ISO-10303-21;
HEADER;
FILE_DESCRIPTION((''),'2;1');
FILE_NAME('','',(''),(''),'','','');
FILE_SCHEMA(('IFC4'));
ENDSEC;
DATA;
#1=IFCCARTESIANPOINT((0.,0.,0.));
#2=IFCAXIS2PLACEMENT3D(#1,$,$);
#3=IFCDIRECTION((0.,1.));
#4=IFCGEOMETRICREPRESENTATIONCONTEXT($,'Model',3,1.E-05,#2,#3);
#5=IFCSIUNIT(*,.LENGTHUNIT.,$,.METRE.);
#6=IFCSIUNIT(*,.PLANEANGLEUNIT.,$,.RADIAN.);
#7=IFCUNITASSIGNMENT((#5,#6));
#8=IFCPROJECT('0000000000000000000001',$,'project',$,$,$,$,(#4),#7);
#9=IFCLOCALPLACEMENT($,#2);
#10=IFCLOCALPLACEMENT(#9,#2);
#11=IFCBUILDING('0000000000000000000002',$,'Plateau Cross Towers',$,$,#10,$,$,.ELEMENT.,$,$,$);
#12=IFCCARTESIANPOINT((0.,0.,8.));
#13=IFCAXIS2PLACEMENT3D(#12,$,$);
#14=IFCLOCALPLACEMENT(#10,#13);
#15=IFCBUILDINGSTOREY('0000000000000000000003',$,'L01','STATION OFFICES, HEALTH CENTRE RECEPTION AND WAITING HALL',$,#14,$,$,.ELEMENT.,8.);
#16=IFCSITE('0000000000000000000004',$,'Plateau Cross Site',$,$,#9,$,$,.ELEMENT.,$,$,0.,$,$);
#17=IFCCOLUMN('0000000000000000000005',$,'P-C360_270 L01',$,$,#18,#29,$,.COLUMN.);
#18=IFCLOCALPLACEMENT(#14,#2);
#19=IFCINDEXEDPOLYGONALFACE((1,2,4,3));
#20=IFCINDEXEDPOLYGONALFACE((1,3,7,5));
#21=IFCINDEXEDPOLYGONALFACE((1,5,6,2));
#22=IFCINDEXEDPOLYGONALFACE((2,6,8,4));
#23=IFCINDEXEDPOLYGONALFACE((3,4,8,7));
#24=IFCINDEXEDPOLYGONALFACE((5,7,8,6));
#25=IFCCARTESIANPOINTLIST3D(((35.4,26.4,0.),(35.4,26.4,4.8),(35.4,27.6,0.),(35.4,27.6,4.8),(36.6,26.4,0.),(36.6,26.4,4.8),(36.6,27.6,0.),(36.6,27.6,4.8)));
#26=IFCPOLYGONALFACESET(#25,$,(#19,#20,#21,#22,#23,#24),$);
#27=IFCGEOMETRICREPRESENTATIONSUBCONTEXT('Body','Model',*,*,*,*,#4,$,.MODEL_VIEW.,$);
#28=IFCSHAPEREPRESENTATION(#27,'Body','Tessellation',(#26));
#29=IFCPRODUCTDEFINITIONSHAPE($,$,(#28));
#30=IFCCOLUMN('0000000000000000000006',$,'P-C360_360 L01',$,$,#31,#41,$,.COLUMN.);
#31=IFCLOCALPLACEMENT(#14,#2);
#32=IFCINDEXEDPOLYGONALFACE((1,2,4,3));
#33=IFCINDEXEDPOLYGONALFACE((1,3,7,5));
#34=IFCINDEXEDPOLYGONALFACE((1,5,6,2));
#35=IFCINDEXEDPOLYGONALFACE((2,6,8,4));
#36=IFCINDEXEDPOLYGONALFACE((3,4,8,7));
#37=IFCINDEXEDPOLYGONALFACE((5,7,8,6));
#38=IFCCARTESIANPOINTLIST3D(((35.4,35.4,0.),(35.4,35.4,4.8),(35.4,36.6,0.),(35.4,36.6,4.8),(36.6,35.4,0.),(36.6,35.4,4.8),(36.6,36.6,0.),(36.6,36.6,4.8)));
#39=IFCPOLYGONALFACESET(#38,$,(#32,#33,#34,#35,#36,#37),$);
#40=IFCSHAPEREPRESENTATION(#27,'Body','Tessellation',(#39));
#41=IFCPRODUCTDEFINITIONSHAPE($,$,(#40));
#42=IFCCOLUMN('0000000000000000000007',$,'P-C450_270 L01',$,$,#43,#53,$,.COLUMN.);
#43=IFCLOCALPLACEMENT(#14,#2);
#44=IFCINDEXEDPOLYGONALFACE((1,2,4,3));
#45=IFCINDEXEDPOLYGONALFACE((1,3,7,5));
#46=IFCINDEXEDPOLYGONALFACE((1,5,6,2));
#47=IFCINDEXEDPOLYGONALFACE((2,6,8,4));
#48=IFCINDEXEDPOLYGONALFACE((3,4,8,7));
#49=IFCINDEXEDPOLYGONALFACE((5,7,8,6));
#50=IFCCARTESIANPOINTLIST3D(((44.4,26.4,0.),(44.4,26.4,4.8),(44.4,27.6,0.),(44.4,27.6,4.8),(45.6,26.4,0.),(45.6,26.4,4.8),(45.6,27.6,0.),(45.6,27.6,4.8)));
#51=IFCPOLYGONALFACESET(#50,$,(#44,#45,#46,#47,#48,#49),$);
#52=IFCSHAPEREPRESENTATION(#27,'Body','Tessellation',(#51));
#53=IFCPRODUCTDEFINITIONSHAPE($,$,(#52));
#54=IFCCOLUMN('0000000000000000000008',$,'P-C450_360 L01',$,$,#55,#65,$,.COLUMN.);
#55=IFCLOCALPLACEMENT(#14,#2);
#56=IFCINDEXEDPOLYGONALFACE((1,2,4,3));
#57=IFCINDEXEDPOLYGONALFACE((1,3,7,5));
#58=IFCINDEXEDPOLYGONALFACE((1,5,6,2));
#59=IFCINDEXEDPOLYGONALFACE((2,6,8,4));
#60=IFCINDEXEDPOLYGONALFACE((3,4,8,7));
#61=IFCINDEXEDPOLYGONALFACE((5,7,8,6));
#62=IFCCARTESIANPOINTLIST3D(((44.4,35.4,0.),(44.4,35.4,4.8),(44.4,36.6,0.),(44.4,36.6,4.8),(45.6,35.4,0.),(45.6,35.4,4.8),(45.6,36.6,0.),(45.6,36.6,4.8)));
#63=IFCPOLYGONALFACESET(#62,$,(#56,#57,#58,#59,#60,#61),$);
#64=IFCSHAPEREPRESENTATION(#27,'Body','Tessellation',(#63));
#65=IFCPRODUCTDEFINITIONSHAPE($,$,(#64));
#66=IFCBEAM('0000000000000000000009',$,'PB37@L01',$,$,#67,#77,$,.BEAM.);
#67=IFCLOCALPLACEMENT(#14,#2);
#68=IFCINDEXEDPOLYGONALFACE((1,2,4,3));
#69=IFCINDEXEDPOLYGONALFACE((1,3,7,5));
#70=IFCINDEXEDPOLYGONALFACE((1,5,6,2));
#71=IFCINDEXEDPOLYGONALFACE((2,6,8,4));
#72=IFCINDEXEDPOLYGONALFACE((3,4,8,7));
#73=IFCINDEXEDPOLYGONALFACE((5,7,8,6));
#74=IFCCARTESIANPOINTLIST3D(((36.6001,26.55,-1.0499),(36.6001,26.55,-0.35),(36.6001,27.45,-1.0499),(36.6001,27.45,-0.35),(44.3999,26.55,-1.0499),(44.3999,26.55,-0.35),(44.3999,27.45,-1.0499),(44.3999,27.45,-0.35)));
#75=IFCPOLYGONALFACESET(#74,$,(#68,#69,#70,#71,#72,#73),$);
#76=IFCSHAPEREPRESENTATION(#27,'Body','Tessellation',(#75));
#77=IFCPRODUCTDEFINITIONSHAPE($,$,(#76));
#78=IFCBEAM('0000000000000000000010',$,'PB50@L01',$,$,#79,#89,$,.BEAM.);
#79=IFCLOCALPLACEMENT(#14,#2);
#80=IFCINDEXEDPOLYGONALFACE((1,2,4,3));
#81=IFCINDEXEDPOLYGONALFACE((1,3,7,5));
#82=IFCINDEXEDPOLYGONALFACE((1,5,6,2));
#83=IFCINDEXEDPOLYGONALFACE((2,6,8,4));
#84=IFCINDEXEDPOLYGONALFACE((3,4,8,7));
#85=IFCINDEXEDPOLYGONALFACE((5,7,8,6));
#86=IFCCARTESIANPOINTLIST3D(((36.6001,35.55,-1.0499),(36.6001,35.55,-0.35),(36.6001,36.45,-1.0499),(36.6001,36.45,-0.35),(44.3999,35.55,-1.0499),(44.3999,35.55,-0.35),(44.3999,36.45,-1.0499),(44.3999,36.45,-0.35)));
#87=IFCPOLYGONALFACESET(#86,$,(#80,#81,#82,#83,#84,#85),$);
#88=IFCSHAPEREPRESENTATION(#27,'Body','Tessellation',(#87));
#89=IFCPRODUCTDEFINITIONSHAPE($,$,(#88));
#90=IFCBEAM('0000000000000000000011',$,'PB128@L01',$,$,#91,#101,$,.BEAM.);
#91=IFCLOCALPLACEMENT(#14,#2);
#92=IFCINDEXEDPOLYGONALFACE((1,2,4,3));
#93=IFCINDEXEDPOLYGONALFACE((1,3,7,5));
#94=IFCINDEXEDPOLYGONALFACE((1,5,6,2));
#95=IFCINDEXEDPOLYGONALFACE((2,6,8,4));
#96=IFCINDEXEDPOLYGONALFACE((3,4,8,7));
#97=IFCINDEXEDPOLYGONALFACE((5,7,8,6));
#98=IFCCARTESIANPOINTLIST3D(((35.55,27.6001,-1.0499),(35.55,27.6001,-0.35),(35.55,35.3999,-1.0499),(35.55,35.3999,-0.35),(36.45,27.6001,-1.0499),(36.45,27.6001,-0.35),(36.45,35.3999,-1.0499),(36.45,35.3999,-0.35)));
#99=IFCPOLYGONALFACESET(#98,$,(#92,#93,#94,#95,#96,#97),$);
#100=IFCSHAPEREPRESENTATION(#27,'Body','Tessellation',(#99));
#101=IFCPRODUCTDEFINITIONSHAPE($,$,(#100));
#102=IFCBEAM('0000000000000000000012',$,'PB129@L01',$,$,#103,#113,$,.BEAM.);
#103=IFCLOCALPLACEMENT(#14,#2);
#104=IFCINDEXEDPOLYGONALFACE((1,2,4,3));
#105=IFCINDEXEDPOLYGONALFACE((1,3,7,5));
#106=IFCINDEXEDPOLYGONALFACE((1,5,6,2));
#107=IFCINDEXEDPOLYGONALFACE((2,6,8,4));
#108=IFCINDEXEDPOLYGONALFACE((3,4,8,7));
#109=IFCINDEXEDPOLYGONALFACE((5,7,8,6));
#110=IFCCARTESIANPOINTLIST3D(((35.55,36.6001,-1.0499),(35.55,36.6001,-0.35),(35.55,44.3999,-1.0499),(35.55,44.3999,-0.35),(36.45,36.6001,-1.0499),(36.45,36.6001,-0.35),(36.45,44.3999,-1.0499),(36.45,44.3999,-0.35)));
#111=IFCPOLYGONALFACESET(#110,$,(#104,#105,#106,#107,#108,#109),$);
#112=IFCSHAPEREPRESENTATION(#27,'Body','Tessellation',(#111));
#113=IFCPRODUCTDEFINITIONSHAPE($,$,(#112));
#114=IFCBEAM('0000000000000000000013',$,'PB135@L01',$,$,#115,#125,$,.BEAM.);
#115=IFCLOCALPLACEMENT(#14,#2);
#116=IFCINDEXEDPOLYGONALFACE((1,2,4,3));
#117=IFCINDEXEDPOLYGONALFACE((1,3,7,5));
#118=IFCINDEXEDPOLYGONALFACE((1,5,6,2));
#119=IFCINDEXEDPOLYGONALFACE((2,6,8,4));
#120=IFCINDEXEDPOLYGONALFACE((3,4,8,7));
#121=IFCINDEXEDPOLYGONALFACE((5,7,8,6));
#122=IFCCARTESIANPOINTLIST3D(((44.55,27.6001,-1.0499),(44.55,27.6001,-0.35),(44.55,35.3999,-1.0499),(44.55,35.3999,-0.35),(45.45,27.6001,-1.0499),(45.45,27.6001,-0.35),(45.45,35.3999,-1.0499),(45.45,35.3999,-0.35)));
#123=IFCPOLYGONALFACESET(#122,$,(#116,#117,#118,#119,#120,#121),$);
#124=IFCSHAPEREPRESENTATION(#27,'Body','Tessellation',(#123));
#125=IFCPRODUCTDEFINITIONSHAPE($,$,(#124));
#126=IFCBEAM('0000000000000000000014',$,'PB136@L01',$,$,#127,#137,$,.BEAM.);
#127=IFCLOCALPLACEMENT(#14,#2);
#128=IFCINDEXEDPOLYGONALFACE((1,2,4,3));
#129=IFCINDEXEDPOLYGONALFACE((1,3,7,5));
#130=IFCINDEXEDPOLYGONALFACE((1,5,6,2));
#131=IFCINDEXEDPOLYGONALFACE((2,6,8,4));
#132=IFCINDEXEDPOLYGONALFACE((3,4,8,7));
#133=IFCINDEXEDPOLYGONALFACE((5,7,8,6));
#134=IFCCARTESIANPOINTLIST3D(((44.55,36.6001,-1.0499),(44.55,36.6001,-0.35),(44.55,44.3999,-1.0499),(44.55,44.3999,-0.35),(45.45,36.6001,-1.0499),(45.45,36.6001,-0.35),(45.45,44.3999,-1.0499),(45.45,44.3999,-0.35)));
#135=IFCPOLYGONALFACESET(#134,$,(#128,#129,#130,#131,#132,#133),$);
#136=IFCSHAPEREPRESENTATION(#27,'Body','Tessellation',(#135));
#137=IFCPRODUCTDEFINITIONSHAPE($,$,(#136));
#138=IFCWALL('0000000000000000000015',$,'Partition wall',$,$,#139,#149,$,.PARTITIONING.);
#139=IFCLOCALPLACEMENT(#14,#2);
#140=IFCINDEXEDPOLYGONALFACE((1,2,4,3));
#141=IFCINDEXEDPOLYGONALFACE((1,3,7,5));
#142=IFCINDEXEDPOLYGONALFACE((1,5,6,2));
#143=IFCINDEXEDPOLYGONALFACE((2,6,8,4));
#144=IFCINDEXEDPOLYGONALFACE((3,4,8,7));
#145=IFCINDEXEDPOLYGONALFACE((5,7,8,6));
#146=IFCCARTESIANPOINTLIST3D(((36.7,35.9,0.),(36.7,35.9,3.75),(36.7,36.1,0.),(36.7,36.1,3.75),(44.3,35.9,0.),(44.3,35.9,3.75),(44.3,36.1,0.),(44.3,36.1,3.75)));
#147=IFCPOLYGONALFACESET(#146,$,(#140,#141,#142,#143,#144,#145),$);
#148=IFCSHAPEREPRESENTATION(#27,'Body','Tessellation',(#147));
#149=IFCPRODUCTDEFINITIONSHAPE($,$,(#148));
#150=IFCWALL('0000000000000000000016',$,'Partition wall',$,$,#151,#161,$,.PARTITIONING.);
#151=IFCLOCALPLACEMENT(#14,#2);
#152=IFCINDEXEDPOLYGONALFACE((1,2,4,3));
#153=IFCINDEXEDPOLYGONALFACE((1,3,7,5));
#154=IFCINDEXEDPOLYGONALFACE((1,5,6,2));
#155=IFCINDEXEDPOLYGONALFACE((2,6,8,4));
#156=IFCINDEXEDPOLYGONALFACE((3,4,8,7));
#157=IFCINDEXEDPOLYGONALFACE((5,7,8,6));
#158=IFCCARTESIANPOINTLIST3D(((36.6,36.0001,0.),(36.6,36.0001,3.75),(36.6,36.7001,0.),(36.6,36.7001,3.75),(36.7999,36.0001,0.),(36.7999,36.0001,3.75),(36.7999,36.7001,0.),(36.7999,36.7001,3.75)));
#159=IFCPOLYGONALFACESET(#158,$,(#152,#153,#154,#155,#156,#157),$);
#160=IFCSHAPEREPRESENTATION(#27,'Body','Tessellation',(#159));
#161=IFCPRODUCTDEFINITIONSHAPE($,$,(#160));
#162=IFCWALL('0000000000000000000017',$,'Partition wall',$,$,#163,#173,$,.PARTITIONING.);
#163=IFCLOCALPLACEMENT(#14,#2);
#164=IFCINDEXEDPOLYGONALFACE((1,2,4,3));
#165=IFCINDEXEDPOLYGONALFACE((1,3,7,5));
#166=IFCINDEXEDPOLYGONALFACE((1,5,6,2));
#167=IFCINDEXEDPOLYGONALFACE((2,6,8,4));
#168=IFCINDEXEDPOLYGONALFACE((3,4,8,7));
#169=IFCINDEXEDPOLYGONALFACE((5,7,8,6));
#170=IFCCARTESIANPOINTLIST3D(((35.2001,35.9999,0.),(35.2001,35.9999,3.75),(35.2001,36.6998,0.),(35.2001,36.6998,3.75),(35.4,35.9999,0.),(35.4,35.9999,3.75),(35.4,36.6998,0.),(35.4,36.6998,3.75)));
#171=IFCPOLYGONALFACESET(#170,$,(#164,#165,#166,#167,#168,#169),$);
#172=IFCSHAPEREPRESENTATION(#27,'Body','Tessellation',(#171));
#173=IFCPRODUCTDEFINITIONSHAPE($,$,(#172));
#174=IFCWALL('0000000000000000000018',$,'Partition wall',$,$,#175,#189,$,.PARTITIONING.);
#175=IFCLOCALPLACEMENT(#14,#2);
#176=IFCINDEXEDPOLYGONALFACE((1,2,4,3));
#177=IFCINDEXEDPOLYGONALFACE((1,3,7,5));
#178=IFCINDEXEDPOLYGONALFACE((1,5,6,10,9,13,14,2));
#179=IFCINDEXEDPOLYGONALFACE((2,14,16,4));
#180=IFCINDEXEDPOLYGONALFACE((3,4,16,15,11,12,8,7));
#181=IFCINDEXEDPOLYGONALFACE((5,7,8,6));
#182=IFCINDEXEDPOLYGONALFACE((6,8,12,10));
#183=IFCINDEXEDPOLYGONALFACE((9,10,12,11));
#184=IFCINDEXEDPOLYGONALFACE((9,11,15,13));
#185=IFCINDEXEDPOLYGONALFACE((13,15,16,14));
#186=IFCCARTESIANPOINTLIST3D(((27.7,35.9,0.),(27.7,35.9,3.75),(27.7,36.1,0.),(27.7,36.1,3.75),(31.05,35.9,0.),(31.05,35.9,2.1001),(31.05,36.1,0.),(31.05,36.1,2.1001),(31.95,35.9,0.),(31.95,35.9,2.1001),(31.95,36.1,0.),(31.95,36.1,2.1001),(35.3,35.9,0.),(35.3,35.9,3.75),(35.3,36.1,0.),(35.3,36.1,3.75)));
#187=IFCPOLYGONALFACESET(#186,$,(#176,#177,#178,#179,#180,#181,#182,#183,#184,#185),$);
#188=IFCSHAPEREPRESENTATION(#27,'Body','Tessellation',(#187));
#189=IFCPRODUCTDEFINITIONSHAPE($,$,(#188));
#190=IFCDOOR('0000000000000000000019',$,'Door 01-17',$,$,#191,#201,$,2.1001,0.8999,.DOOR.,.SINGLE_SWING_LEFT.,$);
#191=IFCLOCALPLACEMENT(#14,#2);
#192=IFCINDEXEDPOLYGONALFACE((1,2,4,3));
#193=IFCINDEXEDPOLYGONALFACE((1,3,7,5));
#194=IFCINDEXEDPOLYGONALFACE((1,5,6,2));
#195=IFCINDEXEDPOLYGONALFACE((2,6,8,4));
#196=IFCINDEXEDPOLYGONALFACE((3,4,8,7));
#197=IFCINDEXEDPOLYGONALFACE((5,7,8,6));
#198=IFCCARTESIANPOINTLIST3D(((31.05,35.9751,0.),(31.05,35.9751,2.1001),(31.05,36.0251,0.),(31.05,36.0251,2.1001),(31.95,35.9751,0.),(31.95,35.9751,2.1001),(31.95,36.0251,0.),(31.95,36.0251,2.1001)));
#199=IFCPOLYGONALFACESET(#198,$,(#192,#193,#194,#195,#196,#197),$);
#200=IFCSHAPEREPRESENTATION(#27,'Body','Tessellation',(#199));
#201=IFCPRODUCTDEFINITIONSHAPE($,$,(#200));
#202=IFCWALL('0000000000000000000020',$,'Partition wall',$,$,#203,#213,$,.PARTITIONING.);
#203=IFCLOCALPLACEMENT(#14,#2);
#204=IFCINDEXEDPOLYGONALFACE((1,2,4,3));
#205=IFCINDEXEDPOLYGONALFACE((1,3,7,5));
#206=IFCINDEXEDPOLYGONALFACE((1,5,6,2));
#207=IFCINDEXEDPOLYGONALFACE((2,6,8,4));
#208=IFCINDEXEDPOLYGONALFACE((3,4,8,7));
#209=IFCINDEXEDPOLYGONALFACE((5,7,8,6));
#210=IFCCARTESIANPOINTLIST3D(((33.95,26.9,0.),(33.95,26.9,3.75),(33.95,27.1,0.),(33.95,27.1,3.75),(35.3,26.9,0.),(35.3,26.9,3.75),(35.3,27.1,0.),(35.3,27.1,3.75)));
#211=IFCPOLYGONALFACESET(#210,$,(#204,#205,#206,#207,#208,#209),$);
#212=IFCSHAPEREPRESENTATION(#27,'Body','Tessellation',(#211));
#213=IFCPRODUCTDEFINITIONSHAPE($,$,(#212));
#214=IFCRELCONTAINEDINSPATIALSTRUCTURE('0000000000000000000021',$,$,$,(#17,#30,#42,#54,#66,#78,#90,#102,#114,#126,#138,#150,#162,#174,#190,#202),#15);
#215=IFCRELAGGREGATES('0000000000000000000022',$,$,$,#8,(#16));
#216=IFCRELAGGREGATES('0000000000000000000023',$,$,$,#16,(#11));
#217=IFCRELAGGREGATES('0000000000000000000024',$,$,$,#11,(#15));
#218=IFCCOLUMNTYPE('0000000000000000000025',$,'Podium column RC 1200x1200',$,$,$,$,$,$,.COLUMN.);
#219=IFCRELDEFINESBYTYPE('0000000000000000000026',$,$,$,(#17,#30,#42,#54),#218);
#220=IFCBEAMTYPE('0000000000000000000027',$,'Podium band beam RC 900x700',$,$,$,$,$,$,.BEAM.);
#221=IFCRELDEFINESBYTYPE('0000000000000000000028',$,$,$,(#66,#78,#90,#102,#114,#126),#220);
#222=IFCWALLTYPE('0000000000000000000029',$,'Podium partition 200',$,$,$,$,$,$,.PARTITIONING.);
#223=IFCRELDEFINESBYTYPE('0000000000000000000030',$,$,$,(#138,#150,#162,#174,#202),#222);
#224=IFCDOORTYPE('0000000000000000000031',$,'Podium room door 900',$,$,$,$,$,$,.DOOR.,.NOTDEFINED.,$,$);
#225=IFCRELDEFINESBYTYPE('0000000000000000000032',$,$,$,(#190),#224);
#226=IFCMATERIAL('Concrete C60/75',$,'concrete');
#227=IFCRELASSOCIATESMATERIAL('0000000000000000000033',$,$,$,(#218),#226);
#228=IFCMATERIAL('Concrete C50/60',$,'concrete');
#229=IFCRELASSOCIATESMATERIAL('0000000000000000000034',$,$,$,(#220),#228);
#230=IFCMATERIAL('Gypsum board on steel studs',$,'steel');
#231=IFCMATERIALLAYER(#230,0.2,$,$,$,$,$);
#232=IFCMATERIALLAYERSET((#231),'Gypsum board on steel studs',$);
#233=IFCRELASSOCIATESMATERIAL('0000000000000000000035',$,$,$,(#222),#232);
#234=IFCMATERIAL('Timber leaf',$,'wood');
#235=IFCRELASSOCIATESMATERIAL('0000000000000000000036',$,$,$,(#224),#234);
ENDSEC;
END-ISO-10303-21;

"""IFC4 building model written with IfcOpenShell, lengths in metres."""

from ifc_helpers import new_model, si_unit, direction, frame, frame_2d, origin, origin_2d, place, context, subcontext, project, spatial, rectangle, extrude, material, layer, layer_set, material_profile, profile_set, type_object, element, fill, save


model = new_model("IFC4")

# Units and contexts
model_context = context("Model", 3, precision=1e-05, world=origin(), true_north=direction((0.0, 1.0)))
body_context = subcontext(model_context, "Body", "Model", "MODEL_VIEW")
ifc_project = project(units=[si_unit("LENGTHUNIT", "METRE"), si_unit("PLANEANGLEUNIT", "RADIAN")], contexts=[model_context])

# Site, building, storey
site_placement = place(None, origin())
site = spatial("IfcSite", under=ifc_project, at=site_placement, Name="Plateau Cross Site", CompositionType="ELEMENT", RefElevation=0.0)
building_placement = place(site_placement, origin())
building = spatial("IfcBuilding", under=site, at=building_placement, Name="Plateau Cross Towers", CompositionType="ELEMENT")
storey_placement = place(building_placement, frame((0.0, 0.0, 8.0)))
storey = spatial("IfcBuildingStorey", under=building, at=storey_placement, Name="L01", Description="STATION OFFICES, HEALTH CENTRE RECEPTION AND WAITING HALL", CompositionType="ELEMENT", Elevation=8.0)

# Columns
ifc_material_1 = material(Name="Concrete C60/75", Category="concrete")
ifc_material_profile_1 = material_profile(ifc_material_1, rectangle(XDim=1.2, YDim=1.2, at=origin_2d()), Name="RC 1200x1200")
ifc_profile_set_1 = profile_set([ifc_material_profile_1], Name="Concrete C60/75")
column_type = type_object("IfcColumnType", Name="Podium column RC 1200x1200", PredefinedType="COLUMN", material=ifc_profile_set_1)
for number, where, z_axis, x_axis, name in (
    (1, (36.0, 27.0, 0.0), (0.0, 0.0, 1.0), (1.0, 0.0, 0.0), "P-C360_270 L01"),
    (2, (36.0, 36.0, 0.0), (0.0, 0.0, 1.0), (1.0, 0.0, 0.0), "P-C360_360 L01"),
    (3, (45.0, 27.0, 0.0), (0.0, 0.0, 1.0), (1.0, 0.0, 0.0), "P-C450_270 L01"),
    (4, (45.0, 36.0, 0.0), (0.0, 0.0, 1.0), (1.0, 0.0, 0.0), "P-C450_360 L01"),
):
    element("IfcColumn", number, at=place(storey_placement, frame(where, z_axis=z_axis, x_axis=x_axis)), inside=storey, type_object=column_type, Name=name, PredefinedType="COLUMN", context=body_context, shape_type="SweptSolid", body=[
        extrude(rectangle(XDim=1.2, YDim=1.2, at=origin_2d()), origin(), (0.0, 0.0, 1.0), 4.8),
    ])

# Beams
ifc_material_2 = material(Name="Concrete C50/60", Category="concrete")
ifc_material_profile_2 = material_profile(ifc_material_2, rectangle(XDim=0.8999, YDim=0.7, at=origin_2d()), Name="RC 900x700")
ifc_profile_set_2 = profile_set([ifc_material_profile_2], Name="Concrete C50/60")
beam_type = type_object("IfcBeamType", Name="Podium band beam RC 900x700", PredefinedType="BEAM", material=ifc_profile_set_2)
for number, where, z_axis, x_axis, name in (
    (5, (36.6001, 27.0, -0.7), (1.0, 0.0, 0.0), (0.0, 1.0, 0.0), "PB37@L01"),
    (6, (36.6001, 36.0, -0.7), (1.0, 0.0, 0.0), (0.0, 1.0, 0.0), "PB50@L01"),
    (7, (36.0, 27.6001, -0.7), (0.0, 1.0, 0.0), (-1.0, 0.0, 0.0), "PB128@L01"),
    (8, (36.0, 36.6001, -0.7), (0.0, 1.0, 0.0), (-1.0, 0.0, 0.0), "PB129@L01"),
    (9, (45.0, 27.6001, -0.7), (0.0, 1.0, 0.0), (-1.0, 0.0, 0.0), "PB135@L01"),
    (10, (45.0, 36.6001, -0.7), (0.0, 1.0, 0.0), (-1.0, 0.0, 0.0), "PB136@L01"),
):
    element("IfcBeam", number, at=place(storey_placement, frame(where, z_axis=z_axis, x_axis=x_axis)), inside=storey, type_object=beam_type, Name=name, PredefinedType="BEAM", context=body_context, shape_type="SweptSolid", body=[
        extrude(rectangle(XDim=0.8999, YDim=0.7, at=origin_2d()), origin(), (0.0, 0.0, 1.0), 7.7998),
    ])

# Walls
ifc_material_3 = material(Name="Gypsum board on steel studs", Category="steel")
ifc_layer_1 = layer(ifc_material_3, 0.2)
ifc_layer_set_1 = layer_set([ifc_layer_1], Name="Gypsum board on steel studs")
wall_type_1 = type_object("IfcWallType", Name="Podium partition 200", PredefinedType="PARTITIONING", material=ifc_layer_set_1)
wall_1_placement = place(storey_placement, frame((44.3, 36.0, 0.0), z_axis=(0.0, 0.0, 1.0), x_axis=(-1.0, 0.0, 0.0)))
element("IfcWall", 11, at=wall_1_placement, inside=storey, type_object=wall_type_1, Name="Partition wall", PredefinedType="PARTITIONING", context=body_context, shape_type="SweptSolid", body=[
    extrude(rectangle(XDim=7.6001, YDim=0.2, at=frame_2d((3.8, 0.0))), origin(), (0.0, 0.0, 1.0), 3.75),
])
for number, where, z_axis, x_axis, name in (
    (12, (36.7, 36.0, 0.0), (0.0, 0.0, 1.0), (0.0, 1.0, 0.0), "Partition wall"),
    (13, (35.3, 36.7, 0.0), (0.0, 0.0, 1.0), (0.0, -1.0, 0.0), "Partition wall"),
):
    element("IfcWall", number, at=place(storey_placement, frame(where, z_axis=z_axis, x_axis=x_axis)), inside=storey, type_object=wall_type_1, Name=name, PredefinedType="PARTITIONING", context=body_context, shape_type="SweptSolid", body=[
        extrude(rectangle(XDim=0.7, YDim=0.2, at=frame_2d((0.3501, 0.0))), origin(), (0.0, 0.0, 1.0), 3.75),
    ])

# Wall, opening, door
wall_2_placement = place(storey_placement, frame((35.3, 36.0, 0.0), z_axis=(0.0, 0.0, 1.0), x_axis=(-1.0, 0.0, 0.0)))
wall_2 = element("IfcWall", 14, at=wall_2_placement, inside=storey, type_object=wall_type_1, Name="Partition wall", PredefinedType="PARTITIONING", context=body_context, shape_type="SweptSolid", body=[
    extrude(rectangle(XDim=7.6001, YDim=0.2, at=frame_2d((3.8, 0.0))), origin(), (0.0, 0.0, 1.0), 3.75),
])
opening_1_placement = place(wall_2_placement, frame((3.3501, 0.0, 0.0)))
opening_1 = element("IfcOpeningElement", 15, at=opening_1_placement, cuts=wall_2, PredefinedType="OPENING", context=body_context, shape_type="SweptSolid", body=[
    extrude(rectangle(XDim=0.8999, YDim=2.1001, at=frame_2d((0.45, 1.05))), frame((0.0, 0.1099, 0.0), z_axis=(0.0, -1.0, 0.0), x_axis=(1.0, 0.0, 0.0)), (0.0, 0.0, 1.0), 0.22),
])
ifc_material_4 = material(Name="Timber leaf", Category="wood")
door_type_1 = type_object("IfcDoorType", Name="Podium room door 900", OperationType="NOTDEFINED", PredefinedType="DOOR", material=ifc_material_4)
door_1_placement = place(opening_1_placement, origin())
door_1 = element("IfcDoor", 16, at=door_1_placement, inside=storey, type_object=door_type_1, Name="Door 01-17", OperationType="SINGLE_SWING_LEFT", OverallHeight=2.1001, OverallWidth=0.8999, PredefinedType="DOOR", context=body_context, shape_type="SweptSolid", body=[
    extrude(rectangle(XDim=0.8999, YDim=2.1001, at=frame_2d((0.45, 1.05))), frame((0.0, 0.0249, 0.0), z_axis=(0.0, -1.0, 0.0), x_axis=(1.0, 0.0, 0.0)), (0.0, 0.0, 1.0), 0.05),
])
fill(opening_1, door_1)

# Wall
wall_3_placement = place(storey_placement, frame((33.95, 27.0, 0.0), z_axis=(0.0, 0.0, 1.0), x_axis=(1.0, 0.0, 0.0)))
element("IfcWall", 17, at=wall_3_placement, inside=storey, type_object=wall_type_1, Name="Partition wall", PredefinedType="PARTITIONING", context=body_context, shape_type="SweptSolid", body=[
    extrude(rectangle(XDim=1.3501, YDim=0.2, at=frame_2d((0.675, 0.0))), origin(), (0.0, 0.0, 1.0), 3.75),
])

save(model, "model.ifc")
